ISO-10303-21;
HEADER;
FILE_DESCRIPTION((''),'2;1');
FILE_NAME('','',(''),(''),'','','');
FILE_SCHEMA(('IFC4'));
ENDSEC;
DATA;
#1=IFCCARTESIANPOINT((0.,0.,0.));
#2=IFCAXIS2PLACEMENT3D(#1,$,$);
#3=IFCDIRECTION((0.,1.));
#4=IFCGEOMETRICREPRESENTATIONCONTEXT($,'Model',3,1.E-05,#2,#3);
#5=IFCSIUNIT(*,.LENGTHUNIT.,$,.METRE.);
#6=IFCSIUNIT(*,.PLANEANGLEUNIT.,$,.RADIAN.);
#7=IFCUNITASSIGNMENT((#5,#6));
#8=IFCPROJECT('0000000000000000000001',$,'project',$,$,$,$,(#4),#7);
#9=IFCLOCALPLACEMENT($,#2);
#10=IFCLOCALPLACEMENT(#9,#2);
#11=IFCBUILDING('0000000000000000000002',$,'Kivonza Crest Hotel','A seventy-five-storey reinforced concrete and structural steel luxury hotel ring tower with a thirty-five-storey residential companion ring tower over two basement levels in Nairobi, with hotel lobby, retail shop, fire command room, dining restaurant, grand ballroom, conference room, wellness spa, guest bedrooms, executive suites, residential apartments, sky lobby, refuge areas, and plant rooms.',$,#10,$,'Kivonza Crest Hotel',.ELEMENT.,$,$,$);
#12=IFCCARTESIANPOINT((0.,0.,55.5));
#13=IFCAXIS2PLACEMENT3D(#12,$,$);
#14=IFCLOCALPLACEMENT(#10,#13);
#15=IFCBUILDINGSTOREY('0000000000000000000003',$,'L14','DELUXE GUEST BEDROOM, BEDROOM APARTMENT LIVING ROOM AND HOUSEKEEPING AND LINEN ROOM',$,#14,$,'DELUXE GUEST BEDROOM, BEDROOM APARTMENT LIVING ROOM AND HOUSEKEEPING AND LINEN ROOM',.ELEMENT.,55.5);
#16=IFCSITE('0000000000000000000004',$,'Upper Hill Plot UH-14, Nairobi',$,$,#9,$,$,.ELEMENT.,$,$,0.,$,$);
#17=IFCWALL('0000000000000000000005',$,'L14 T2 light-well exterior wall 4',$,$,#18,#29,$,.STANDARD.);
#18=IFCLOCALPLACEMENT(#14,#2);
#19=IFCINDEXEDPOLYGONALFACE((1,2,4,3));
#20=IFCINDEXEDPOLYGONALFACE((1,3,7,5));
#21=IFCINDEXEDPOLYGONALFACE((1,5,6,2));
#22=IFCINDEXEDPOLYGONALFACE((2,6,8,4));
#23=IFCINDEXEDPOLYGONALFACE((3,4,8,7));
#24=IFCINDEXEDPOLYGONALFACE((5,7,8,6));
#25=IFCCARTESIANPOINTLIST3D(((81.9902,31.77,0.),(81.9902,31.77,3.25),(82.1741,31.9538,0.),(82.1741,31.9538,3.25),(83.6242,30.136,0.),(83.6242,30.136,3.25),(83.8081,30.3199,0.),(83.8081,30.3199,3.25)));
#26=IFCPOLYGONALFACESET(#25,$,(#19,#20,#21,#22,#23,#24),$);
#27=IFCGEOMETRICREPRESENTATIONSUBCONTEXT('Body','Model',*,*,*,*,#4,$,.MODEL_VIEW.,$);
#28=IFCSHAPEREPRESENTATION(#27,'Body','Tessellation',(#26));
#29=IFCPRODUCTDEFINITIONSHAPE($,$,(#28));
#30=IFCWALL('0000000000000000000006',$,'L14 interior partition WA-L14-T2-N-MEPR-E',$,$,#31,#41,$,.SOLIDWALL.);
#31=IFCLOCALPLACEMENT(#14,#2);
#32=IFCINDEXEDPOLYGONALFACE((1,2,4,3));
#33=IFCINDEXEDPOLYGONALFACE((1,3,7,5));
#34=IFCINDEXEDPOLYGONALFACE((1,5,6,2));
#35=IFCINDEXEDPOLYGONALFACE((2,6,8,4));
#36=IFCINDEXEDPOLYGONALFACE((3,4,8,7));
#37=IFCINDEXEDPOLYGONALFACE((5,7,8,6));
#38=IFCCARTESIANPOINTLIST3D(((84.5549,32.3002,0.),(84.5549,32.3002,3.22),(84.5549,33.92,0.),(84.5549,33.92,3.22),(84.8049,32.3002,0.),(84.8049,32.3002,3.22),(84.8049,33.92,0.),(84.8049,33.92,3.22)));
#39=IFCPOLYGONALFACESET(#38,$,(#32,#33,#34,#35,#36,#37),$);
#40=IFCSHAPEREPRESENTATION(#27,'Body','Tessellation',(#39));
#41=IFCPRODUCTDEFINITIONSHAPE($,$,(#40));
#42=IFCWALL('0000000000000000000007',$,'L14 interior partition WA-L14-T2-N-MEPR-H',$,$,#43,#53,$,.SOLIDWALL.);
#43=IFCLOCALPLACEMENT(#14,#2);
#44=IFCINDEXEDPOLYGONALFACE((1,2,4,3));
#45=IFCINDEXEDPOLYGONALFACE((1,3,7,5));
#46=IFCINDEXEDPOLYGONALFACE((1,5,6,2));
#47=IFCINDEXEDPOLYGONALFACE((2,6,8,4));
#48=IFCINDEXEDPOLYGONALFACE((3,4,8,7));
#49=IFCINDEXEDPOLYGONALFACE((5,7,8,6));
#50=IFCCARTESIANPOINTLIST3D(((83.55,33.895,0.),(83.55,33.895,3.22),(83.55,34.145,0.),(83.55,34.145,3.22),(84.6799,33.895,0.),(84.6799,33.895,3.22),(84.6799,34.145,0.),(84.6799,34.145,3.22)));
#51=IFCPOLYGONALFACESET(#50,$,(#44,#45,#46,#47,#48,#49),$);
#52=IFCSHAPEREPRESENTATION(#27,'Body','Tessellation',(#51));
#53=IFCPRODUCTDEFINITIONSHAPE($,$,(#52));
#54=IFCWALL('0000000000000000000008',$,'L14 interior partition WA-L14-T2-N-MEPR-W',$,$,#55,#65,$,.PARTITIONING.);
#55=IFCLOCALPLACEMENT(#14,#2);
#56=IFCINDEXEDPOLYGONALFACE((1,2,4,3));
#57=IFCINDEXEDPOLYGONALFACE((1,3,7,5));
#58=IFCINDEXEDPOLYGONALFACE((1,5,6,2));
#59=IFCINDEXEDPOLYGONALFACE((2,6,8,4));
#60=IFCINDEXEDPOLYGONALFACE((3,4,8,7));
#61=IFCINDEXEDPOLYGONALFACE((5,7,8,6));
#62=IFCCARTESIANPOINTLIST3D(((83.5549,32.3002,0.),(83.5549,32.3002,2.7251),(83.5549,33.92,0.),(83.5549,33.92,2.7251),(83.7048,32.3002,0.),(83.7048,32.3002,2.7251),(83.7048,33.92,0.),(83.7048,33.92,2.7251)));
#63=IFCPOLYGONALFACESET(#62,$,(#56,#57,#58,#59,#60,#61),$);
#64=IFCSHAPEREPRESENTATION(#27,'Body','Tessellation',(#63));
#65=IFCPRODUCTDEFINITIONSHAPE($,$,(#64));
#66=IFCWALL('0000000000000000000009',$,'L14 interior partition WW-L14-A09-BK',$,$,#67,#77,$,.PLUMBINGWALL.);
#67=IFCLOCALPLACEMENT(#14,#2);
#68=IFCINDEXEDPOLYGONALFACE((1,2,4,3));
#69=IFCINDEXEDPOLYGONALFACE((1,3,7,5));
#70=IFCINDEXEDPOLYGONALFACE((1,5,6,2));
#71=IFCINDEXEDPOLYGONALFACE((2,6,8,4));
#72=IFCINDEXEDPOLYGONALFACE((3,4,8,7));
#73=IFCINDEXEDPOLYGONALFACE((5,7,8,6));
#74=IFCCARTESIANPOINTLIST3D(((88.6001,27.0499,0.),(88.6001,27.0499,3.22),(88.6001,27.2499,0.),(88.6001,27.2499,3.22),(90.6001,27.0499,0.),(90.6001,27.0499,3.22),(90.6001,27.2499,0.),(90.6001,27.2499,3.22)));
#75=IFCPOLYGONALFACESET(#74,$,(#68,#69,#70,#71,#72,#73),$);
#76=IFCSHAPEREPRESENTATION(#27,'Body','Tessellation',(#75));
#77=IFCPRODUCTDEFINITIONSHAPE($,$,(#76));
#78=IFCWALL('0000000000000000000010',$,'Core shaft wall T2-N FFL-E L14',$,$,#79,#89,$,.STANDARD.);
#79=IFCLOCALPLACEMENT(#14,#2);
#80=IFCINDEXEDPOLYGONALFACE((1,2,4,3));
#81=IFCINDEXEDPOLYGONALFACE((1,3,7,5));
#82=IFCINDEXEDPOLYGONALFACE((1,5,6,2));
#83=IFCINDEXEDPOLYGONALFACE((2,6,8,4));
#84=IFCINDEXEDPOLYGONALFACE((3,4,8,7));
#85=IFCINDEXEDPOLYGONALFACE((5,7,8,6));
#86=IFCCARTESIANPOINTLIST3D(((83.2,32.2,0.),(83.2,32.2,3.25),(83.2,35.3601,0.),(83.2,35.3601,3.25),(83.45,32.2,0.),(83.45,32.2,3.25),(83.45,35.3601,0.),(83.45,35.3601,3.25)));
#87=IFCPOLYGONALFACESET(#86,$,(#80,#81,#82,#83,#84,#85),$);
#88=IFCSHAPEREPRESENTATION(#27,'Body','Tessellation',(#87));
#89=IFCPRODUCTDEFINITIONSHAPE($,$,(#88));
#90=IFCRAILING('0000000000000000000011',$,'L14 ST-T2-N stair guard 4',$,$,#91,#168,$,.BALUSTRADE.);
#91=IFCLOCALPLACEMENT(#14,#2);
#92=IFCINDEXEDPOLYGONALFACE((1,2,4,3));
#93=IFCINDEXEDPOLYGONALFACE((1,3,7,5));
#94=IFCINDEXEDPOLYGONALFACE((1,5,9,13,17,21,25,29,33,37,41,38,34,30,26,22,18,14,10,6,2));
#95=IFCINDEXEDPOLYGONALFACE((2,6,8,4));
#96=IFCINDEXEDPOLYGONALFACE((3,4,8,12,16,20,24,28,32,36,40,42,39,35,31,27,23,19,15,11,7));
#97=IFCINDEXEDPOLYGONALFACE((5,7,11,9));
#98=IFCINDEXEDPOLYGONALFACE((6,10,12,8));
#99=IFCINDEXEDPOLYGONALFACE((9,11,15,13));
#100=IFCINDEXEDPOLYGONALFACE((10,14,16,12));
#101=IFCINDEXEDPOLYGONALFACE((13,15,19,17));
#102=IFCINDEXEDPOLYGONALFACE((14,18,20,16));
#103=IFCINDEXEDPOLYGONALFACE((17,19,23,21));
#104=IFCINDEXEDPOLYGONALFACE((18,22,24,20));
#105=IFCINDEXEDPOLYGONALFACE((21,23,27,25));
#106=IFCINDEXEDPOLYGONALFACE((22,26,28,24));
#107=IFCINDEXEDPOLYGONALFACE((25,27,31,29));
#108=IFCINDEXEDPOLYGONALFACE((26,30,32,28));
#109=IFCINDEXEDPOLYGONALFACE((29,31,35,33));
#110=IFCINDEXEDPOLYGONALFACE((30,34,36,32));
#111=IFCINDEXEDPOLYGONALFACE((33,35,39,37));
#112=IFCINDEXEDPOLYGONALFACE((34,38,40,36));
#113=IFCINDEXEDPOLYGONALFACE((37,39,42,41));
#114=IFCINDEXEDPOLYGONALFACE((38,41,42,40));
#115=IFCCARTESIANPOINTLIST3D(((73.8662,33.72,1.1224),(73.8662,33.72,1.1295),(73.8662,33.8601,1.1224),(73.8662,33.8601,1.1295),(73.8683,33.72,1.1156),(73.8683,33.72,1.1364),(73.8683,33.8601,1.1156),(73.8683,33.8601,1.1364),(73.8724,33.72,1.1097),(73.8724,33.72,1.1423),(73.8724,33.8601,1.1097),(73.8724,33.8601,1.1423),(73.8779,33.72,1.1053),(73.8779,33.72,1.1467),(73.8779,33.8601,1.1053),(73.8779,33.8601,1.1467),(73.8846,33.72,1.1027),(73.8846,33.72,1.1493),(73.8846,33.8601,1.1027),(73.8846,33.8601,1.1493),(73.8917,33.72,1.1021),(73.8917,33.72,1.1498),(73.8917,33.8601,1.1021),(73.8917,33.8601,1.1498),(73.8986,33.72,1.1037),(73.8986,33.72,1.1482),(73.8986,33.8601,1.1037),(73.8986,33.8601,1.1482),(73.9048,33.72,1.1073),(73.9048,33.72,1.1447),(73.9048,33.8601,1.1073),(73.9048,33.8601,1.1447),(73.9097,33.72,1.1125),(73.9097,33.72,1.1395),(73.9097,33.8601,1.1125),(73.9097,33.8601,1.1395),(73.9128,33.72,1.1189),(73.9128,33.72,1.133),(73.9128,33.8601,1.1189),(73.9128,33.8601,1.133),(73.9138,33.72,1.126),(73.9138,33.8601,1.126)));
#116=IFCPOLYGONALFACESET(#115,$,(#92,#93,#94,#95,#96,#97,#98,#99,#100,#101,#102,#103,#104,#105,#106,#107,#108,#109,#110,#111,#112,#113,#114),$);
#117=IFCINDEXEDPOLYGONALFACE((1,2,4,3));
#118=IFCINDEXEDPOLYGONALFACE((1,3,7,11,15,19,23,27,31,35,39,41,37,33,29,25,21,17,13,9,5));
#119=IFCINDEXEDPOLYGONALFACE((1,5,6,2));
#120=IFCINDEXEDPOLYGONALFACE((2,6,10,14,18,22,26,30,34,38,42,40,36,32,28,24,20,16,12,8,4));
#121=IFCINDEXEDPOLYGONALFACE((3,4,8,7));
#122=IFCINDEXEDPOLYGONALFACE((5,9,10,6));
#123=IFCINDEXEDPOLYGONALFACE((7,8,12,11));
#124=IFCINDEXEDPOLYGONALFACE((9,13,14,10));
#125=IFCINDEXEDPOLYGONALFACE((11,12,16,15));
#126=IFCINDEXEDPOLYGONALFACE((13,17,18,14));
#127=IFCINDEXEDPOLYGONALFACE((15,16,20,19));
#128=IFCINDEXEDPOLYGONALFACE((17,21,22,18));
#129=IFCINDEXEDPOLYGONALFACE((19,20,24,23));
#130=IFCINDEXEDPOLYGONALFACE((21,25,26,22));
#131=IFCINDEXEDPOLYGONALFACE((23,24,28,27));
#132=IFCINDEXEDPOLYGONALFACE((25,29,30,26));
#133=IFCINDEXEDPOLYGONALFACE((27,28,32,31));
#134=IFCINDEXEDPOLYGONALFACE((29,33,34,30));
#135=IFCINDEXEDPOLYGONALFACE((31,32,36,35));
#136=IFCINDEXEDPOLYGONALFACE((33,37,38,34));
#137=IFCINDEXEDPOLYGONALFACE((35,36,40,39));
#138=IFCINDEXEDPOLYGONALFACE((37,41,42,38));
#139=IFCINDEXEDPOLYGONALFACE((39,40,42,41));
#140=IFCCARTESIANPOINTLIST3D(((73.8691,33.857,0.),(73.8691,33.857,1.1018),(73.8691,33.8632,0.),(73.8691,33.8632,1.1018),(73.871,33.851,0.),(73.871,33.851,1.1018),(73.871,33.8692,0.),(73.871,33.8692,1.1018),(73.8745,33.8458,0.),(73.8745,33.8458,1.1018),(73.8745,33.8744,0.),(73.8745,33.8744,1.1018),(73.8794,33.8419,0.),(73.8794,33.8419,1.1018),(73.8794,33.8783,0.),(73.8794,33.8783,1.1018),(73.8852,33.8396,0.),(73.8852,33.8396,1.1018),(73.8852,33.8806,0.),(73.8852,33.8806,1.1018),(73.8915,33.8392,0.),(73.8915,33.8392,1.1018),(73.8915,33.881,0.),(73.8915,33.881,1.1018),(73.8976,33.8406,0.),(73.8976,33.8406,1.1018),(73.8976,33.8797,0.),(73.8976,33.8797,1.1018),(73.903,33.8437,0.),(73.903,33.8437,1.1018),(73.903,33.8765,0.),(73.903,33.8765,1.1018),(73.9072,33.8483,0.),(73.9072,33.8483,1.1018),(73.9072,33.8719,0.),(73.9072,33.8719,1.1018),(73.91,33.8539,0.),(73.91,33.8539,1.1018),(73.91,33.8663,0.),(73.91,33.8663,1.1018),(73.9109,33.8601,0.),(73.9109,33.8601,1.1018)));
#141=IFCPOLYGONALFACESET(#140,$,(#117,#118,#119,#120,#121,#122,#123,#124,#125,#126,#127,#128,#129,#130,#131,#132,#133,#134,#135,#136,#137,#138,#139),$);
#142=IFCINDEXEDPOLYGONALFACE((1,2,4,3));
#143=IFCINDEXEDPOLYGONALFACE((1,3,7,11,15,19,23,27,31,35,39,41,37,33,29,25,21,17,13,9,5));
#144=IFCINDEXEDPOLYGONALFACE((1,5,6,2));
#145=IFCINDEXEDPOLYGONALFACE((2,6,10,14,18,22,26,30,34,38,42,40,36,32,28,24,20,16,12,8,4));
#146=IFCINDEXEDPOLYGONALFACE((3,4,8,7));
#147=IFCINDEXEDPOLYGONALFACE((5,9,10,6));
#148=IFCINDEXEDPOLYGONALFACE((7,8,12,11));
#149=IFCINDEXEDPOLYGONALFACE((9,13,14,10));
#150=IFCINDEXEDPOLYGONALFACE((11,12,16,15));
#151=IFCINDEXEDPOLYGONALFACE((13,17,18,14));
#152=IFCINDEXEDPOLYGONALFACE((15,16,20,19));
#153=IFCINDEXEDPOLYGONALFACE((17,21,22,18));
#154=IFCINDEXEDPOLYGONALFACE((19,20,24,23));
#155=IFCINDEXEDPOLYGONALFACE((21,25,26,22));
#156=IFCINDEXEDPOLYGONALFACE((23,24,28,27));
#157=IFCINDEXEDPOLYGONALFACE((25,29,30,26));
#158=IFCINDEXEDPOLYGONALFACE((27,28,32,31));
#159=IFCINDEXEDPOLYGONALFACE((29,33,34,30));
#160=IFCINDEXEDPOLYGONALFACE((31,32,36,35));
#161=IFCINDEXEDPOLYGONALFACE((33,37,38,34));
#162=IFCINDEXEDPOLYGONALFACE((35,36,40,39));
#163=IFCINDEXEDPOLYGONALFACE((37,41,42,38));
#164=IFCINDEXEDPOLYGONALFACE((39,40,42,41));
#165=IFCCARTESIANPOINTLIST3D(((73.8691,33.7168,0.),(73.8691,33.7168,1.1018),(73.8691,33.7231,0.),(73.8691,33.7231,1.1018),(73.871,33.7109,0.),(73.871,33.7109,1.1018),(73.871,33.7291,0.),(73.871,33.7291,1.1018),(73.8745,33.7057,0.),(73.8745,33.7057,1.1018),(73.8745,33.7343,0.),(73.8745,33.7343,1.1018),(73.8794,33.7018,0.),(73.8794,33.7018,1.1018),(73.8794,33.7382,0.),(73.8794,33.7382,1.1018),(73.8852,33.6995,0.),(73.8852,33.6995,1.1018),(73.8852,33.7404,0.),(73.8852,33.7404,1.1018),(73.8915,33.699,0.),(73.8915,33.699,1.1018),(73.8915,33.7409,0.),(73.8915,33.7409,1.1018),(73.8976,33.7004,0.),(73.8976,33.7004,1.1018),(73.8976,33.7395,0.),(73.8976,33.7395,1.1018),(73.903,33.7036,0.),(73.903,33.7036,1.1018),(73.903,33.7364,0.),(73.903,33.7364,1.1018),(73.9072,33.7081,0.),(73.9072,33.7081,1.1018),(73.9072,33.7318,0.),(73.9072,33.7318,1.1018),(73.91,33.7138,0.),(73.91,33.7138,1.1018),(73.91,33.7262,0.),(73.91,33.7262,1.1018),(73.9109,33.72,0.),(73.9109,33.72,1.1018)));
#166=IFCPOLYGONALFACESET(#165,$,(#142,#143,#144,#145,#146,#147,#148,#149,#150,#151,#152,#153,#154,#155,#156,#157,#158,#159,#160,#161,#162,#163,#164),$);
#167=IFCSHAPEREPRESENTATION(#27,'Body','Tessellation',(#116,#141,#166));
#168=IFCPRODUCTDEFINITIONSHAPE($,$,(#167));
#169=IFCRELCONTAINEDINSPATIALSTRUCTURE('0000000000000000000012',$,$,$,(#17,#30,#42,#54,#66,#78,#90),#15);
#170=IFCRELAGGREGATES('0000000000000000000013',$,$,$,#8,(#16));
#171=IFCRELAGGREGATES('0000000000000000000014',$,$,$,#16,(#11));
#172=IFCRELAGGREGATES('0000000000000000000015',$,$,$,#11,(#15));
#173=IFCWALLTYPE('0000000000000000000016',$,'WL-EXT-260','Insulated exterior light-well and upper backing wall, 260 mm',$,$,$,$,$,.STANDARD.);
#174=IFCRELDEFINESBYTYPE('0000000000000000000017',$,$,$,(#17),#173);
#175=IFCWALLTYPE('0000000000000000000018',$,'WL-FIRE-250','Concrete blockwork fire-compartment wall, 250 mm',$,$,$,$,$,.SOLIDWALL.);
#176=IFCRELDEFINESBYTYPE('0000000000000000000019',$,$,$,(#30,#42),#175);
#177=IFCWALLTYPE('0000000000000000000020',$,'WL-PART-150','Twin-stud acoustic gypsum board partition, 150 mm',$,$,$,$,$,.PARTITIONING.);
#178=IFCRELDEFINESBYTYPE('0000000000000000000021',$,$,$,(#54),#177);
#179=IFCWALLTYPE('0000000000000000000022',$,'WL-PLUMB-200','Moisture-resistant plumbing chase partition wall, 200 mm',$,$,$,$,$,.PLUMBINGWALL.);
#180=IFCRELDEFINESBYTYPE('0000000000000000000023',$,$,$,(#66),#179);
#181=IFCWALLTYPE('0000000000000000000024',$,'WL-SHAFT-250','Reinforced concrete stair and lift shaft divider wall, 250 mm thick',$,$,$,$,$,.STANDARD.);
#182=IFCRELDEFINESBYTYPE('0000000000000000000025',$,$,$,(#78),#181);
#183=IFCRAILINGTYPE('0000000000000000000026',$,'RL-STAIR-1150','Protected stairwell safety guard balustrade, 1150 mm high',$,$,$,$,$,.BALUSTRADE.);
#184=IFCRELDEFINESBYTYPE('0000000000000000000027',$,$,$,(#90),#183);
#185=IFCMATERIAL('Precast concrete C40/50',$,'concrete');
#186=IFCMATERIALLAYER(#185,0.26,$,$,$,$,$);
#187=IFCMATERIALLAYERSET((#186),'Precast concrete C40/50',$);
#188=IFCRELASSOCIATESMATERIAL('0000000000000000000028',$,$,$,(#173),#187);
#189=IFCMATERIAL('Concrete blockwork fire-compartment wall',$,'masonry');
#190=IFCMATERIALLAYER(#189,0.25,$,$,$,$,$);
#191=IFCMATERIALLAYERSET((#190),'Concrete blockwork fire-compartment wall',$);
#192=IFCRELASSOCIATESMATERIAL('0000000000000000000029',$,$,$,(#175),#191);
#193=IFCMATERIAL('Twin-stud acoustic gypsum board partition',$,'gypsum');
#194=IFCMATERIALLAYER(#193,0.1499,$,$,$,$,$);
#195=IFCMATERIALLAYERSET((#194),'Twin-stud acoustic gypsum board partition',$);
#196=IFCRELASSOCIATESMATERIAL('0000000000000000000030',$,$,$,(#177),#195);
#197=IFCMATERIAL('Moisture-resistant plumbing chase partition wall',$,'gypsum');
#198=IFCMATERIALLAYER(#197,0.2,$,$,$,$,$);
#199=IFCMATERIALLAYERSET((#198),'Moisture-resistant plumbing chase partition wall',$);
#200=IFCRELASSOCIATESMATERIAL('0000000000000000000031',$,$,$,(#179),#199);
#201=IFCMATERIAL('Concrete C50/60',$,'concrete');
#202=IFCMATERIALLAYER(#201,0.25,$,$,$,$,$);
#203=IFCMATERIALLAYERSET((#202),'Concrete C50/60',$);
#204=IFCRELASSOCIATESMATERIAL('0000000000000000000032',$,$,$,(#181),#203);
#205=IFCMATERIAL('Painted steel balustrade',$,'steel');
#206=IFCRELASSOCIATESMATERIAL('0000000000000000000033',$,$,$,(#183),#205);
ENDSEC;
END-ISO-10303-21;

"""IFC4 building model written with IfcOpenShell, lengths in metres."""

from ifc_helpers import new_model, si_unit, direction, frame, frame_2d, origin, origin_2d, place, context, subcontext, project, spatial, rectangle, circle, extrude, material, layer, layer_set, type_object, element, save


model = new_model("IFC4")

# Units and contexts
model_context = context("Model", 3, precision=1e-05, world=origin(), true_north=direction((0.0, 1.0)))
body_context = subcontext(model_context, "Body", "Model", "MODEL_VIEW")
ifc_project = project(units=[si_unit("LENGTHUNIT", "METRE"), si_unit("PLANEANGLEUNIT", "RADIAN")], contexts=[model_context])

# Site, building, storey
site_placement = place(None, origin())
site = spatial("IfcSite", under=ifc_project, at=site_placement, Name="Upper Hill Plot UH-14, Nairobi", CompositionType="ELEMENT", RefElevation=0.0)
building_placement = place(site_placement, origin())
building = spatial("IfcBuilding", under=site, at=building_placement, Name="Kivonza Crest Hotel", Description="A seventy-five-storey reinforced concrete and structural steel luxury hotel ring tower with a thirty-five-storey residential companion ring tower over two basement levels in Nairobi, with hotel lobby, retail shop, fire command room, dining restaurant, grand ballroom, conference room, wellness spa, guest bedrooms, executive suites, residential apartments, sky lobby, refuge areas, and plant rooms.", LongName="Kivonza Crest Hotel", CompositionType="ELEMENT")
storey_placement = place(building_placement, frame((0.0, 0.0, 55.5)))
storey = spatial("IfcBuildingStorey", under=building, at=storey_placement, Name="L14", Description="DELUXE GUEST BEDROOM, BEDROOM APARTMENT LIVING ROOM AND HOUSEKEEPING AND LINEN ROOM", LongName="DELUXE GUEST BEDROOM, BEDROOM APARTMENT LIVING ROOM AND HOUSEKEEPING AND LINEN ROOM", CompositionType="ELEMENT", Elevation=55.5)

# Shared definitions
ifc_material_1 = material(Name="Concrete C50/60", Category="concrete")

# Walls
ifc_material_2 = material(Name="Precast concrete C40/50", Category="concrete")
ifc_layer_1 = layer(ifc_material_2, 0.26)
ifc_layer_set_1 = layer_set([ifc_layer_1], Name="Precast concrete C40/50")
wall_type_1 = type_object("IfcWallType", Name="WL-EXT-260", Description="Insulated exterior light-well and upper backing wall, 260 mm", PredefinedType="STANDARD", material=ifc_layer_set_1)
wall_1_placement = place(storey_placement, frame((83.7161, 30.228, 0.0), z_axis=(0.0, 0.0, 1.0), x_axis=(-0.707107, 0.707107, 0.0)))
element("IfcWall", 1, at=wall_1_placement, inside=storey, type_object=wall_type_1, Name="L14 T2 light-well exterior wall 4", PredefinedType="STANDARD", context=body_context, shape_type="SweptSolid", body=[
    extrude(rectangle(XDim=2.3108, YDim=0.26, at=frame_2d((1.1553, 0.0))), origin(), (0.0, 0.0, 1.0), 3.25),
])
ifc_material_3 = material(Name="Concrete blockwork fire-compartment wall", Category="masonry")
ifc_layer_2 = layer(ifc_material_3, 0.25)
ifc_layer_set_2 = layer_set([ifc_layer_2], Name="Concrete blockwork fire-compartment wall")
wall_type_2 = type_object("IfcWallType", Name="WL-FIRE-250", Description="Concrete blockwork fire-compartment wall, 250 mm", PredefinedType="SOLIDWALL", material=ifc_layer_set_2)
wall_2_placement = place(storey_placement, frame((84.6799, 32.3, 0.0), z_axis=(0.0, 0.0, 1.0), x_axis=(0.0, 1.0, 0.0)))
element("IfcWall", 2, at=wall_2_placement, inside=storey, type_object=wall_type_2, Name="L14 interior partition WA-L14-T2-N-MEPR-E", PredefinedType="SOLIDWALL", context=body_context, shape_type="SweptSolid", body=[
    extrude(rectangle(XDim=1.6199, YDim=0.25, at=frame_2d((0.8101, 0.0))), origin(), (0.0, 0.0, 1.0), 3.22),
])
wall_3_placement = place(storey_placement, frame((83.55, 34.02, 0.0), z_axis=(0.0, 0.0, 1.0), x_axis=(1.0, 0.0, 0.0)))
element("IfcWall", 3, at=wall_3_placement, inside=storey, type_object=wall_type_2, Name="L14 interior partition WA-L14-T2-N-MEPR-H", PredefinedType="SOLIDWALL", context=body_context, shape_type="SweptSolid", body=[
    extrude(rectangle(XDim=1.1299, YDim=0.25, at=frame_2d((0.5649, 0.0))), origin(), (0.0, 0.0, 1.0), 3.22),
])
ifc_material_4 = material(Name="Twin-stud acoustic gypsum board partition", Category="gypsum")
ifc_layer_3 = layer(ifc_material_4, 0.1499)
ifc_layer_set_3 = layer_set([ifc_layer_3], Name="Twin-stud acoustic gypsum board partition")
wall_type_3 = type_object("IfcWallType", Name="WL-PART-150", Description="Twin-stud acoustic gypsum board partition, 150 mm", PredefinedType="PARTITIONING", material=ifc_layer_set_3)
wall_4_placement = place(storey_placement, frame((83.6299, 32.3, 0.0), z_axis=(0.0, 0.0, 1.0), x_axis=(0.0, 1.0, 0.0)))
element("IfcWall", 4, at=wall_4_placement, inside=storey, type_object=wall_type_3, Name="L14 interior partition WA-L14-T2-N-MEPR-W", PredefinedType="PARTITIONING", context=body_context, shape_type="SweptSolid", body=[
    extrude(rectangle(XDim=1.6199, YDim=0.1499, at=frame_2d((0.8101, 0.0))), origin(), (0.0, 0.0, 1.0), 2.7251),
])
ifc_material_5 = material(Name="Moisture-resistant plumbing chase partition wall", Category="gypsum")
ifc_layer_4 = layer(ifc_material_5, 0.2)
ifc_layer_set_4 = layer_set([ifc_layer_4], Name="Moisture-resistant plumbing chase partition wall")
wall_type_4 = type_object("IfcWallType", Name="WL-PLUMB-200", Description="Moisture-resistant plumbing chase partition wall, 200 mm", PredefinedType="PLUMBINGWALL", material=ifc_layer_set_4)
wall_5_placement = place(storey_placement, frame((88.6001, 27.1499, 0.0), z_axis=(0.0, 0.0, 1.0), x_axis=(1.0, 0.0, 0.0)))
element("IfcWall", 5, at=wall_5_placement, inside=storey, type_object=wall_type_4, Name="L14 interior partition WW-L14-A09-BK", PredefinedType="PLUMBINGWALL", context=body_context, shape_type="SweptSolid", body=[
    extrude(rectangle(XDim=2.0, YDim=0.2, at=frame_2d((1.0, 0.0))), origin(), (0.0, 0.0, 1.0), 3.22),
])

# Shared definitions
ifc_layer_5 = layer(ifc_material_1, 0.25)
ifc_layer_set_5 = layer_set([ifc_layer_5], Name="Concrete C50/60")
wall_type_5 = type_object("IfcWallType", Name="WL-SHAFT-250", Description="Reinforced concrete stair and lift shaft divider wall, 250 mm thick", PredefinedType="STANDARD", material=ifc_layer_set_5)

# Wall
wall_6_placement = place(storey_placement, frame((83.325, 32.2, 0.0), z_axis=(0.0, 0.0, 1.0), x_axis=(0.0, 1.0, 0.0)))
element("IfcWall", 6, at=wall_6_placement, inside=storey, type_object=wall_type_5, Name="Core shaft wall T2-N FFL-E L14", PredefinedType="STANDARD", context=body_context, shape_type="SweptSolid", body=[
    extrude(rectangle(XDim=3.1602, YDim=0.25, at=frame_2d((1.5801, 0.0))), origin(), (0.0, 0.0, 1.0), 3.25),
])

# Railing
ifc_material_6 = material(Name="Painted steel balustrade", Category="steel")
railing_type = type_object("IfcRailingType", Name="RL-STAIR-1150", Description="Protected stairwell safety guard balustrade, 1150 mm high", PredefinedType="BALUSTRADE", material=ifc_material_6)
railing_placement = place(storey_placement, frame((73.8899, 33.8601, 0.0)))
element("IfcRailing", 7, at=railing_placement, inside=storey, type_object=railing_type, Name="L14 ST-T2-N stair guard 4", PredefinedType="BALUSTRADE", context=body_context, shape_type="SweptSolid", body=[
    extrude(circle(Radius=0.0239, at=origin_2d()), frame((0.0, 0.0, 1.126), z_axis=(0.0, -1.0, 0.0), x_axis=(1.0, 0.0, 0.0)), (0.0, 0.0, 1.0), 0.1401),
    extrude(circle(Radius=0.021, at=origin_2d()), origin(), (0.0, 0.0, 1.0), 1.1018),
    extrude(circle(Radius=0.021, at=origin_2d()), frame((0.0, -0.1401, 0.0)), (0.0, 0.0, 1.0), 1.1018),
])

save(model, "model.ifc")
